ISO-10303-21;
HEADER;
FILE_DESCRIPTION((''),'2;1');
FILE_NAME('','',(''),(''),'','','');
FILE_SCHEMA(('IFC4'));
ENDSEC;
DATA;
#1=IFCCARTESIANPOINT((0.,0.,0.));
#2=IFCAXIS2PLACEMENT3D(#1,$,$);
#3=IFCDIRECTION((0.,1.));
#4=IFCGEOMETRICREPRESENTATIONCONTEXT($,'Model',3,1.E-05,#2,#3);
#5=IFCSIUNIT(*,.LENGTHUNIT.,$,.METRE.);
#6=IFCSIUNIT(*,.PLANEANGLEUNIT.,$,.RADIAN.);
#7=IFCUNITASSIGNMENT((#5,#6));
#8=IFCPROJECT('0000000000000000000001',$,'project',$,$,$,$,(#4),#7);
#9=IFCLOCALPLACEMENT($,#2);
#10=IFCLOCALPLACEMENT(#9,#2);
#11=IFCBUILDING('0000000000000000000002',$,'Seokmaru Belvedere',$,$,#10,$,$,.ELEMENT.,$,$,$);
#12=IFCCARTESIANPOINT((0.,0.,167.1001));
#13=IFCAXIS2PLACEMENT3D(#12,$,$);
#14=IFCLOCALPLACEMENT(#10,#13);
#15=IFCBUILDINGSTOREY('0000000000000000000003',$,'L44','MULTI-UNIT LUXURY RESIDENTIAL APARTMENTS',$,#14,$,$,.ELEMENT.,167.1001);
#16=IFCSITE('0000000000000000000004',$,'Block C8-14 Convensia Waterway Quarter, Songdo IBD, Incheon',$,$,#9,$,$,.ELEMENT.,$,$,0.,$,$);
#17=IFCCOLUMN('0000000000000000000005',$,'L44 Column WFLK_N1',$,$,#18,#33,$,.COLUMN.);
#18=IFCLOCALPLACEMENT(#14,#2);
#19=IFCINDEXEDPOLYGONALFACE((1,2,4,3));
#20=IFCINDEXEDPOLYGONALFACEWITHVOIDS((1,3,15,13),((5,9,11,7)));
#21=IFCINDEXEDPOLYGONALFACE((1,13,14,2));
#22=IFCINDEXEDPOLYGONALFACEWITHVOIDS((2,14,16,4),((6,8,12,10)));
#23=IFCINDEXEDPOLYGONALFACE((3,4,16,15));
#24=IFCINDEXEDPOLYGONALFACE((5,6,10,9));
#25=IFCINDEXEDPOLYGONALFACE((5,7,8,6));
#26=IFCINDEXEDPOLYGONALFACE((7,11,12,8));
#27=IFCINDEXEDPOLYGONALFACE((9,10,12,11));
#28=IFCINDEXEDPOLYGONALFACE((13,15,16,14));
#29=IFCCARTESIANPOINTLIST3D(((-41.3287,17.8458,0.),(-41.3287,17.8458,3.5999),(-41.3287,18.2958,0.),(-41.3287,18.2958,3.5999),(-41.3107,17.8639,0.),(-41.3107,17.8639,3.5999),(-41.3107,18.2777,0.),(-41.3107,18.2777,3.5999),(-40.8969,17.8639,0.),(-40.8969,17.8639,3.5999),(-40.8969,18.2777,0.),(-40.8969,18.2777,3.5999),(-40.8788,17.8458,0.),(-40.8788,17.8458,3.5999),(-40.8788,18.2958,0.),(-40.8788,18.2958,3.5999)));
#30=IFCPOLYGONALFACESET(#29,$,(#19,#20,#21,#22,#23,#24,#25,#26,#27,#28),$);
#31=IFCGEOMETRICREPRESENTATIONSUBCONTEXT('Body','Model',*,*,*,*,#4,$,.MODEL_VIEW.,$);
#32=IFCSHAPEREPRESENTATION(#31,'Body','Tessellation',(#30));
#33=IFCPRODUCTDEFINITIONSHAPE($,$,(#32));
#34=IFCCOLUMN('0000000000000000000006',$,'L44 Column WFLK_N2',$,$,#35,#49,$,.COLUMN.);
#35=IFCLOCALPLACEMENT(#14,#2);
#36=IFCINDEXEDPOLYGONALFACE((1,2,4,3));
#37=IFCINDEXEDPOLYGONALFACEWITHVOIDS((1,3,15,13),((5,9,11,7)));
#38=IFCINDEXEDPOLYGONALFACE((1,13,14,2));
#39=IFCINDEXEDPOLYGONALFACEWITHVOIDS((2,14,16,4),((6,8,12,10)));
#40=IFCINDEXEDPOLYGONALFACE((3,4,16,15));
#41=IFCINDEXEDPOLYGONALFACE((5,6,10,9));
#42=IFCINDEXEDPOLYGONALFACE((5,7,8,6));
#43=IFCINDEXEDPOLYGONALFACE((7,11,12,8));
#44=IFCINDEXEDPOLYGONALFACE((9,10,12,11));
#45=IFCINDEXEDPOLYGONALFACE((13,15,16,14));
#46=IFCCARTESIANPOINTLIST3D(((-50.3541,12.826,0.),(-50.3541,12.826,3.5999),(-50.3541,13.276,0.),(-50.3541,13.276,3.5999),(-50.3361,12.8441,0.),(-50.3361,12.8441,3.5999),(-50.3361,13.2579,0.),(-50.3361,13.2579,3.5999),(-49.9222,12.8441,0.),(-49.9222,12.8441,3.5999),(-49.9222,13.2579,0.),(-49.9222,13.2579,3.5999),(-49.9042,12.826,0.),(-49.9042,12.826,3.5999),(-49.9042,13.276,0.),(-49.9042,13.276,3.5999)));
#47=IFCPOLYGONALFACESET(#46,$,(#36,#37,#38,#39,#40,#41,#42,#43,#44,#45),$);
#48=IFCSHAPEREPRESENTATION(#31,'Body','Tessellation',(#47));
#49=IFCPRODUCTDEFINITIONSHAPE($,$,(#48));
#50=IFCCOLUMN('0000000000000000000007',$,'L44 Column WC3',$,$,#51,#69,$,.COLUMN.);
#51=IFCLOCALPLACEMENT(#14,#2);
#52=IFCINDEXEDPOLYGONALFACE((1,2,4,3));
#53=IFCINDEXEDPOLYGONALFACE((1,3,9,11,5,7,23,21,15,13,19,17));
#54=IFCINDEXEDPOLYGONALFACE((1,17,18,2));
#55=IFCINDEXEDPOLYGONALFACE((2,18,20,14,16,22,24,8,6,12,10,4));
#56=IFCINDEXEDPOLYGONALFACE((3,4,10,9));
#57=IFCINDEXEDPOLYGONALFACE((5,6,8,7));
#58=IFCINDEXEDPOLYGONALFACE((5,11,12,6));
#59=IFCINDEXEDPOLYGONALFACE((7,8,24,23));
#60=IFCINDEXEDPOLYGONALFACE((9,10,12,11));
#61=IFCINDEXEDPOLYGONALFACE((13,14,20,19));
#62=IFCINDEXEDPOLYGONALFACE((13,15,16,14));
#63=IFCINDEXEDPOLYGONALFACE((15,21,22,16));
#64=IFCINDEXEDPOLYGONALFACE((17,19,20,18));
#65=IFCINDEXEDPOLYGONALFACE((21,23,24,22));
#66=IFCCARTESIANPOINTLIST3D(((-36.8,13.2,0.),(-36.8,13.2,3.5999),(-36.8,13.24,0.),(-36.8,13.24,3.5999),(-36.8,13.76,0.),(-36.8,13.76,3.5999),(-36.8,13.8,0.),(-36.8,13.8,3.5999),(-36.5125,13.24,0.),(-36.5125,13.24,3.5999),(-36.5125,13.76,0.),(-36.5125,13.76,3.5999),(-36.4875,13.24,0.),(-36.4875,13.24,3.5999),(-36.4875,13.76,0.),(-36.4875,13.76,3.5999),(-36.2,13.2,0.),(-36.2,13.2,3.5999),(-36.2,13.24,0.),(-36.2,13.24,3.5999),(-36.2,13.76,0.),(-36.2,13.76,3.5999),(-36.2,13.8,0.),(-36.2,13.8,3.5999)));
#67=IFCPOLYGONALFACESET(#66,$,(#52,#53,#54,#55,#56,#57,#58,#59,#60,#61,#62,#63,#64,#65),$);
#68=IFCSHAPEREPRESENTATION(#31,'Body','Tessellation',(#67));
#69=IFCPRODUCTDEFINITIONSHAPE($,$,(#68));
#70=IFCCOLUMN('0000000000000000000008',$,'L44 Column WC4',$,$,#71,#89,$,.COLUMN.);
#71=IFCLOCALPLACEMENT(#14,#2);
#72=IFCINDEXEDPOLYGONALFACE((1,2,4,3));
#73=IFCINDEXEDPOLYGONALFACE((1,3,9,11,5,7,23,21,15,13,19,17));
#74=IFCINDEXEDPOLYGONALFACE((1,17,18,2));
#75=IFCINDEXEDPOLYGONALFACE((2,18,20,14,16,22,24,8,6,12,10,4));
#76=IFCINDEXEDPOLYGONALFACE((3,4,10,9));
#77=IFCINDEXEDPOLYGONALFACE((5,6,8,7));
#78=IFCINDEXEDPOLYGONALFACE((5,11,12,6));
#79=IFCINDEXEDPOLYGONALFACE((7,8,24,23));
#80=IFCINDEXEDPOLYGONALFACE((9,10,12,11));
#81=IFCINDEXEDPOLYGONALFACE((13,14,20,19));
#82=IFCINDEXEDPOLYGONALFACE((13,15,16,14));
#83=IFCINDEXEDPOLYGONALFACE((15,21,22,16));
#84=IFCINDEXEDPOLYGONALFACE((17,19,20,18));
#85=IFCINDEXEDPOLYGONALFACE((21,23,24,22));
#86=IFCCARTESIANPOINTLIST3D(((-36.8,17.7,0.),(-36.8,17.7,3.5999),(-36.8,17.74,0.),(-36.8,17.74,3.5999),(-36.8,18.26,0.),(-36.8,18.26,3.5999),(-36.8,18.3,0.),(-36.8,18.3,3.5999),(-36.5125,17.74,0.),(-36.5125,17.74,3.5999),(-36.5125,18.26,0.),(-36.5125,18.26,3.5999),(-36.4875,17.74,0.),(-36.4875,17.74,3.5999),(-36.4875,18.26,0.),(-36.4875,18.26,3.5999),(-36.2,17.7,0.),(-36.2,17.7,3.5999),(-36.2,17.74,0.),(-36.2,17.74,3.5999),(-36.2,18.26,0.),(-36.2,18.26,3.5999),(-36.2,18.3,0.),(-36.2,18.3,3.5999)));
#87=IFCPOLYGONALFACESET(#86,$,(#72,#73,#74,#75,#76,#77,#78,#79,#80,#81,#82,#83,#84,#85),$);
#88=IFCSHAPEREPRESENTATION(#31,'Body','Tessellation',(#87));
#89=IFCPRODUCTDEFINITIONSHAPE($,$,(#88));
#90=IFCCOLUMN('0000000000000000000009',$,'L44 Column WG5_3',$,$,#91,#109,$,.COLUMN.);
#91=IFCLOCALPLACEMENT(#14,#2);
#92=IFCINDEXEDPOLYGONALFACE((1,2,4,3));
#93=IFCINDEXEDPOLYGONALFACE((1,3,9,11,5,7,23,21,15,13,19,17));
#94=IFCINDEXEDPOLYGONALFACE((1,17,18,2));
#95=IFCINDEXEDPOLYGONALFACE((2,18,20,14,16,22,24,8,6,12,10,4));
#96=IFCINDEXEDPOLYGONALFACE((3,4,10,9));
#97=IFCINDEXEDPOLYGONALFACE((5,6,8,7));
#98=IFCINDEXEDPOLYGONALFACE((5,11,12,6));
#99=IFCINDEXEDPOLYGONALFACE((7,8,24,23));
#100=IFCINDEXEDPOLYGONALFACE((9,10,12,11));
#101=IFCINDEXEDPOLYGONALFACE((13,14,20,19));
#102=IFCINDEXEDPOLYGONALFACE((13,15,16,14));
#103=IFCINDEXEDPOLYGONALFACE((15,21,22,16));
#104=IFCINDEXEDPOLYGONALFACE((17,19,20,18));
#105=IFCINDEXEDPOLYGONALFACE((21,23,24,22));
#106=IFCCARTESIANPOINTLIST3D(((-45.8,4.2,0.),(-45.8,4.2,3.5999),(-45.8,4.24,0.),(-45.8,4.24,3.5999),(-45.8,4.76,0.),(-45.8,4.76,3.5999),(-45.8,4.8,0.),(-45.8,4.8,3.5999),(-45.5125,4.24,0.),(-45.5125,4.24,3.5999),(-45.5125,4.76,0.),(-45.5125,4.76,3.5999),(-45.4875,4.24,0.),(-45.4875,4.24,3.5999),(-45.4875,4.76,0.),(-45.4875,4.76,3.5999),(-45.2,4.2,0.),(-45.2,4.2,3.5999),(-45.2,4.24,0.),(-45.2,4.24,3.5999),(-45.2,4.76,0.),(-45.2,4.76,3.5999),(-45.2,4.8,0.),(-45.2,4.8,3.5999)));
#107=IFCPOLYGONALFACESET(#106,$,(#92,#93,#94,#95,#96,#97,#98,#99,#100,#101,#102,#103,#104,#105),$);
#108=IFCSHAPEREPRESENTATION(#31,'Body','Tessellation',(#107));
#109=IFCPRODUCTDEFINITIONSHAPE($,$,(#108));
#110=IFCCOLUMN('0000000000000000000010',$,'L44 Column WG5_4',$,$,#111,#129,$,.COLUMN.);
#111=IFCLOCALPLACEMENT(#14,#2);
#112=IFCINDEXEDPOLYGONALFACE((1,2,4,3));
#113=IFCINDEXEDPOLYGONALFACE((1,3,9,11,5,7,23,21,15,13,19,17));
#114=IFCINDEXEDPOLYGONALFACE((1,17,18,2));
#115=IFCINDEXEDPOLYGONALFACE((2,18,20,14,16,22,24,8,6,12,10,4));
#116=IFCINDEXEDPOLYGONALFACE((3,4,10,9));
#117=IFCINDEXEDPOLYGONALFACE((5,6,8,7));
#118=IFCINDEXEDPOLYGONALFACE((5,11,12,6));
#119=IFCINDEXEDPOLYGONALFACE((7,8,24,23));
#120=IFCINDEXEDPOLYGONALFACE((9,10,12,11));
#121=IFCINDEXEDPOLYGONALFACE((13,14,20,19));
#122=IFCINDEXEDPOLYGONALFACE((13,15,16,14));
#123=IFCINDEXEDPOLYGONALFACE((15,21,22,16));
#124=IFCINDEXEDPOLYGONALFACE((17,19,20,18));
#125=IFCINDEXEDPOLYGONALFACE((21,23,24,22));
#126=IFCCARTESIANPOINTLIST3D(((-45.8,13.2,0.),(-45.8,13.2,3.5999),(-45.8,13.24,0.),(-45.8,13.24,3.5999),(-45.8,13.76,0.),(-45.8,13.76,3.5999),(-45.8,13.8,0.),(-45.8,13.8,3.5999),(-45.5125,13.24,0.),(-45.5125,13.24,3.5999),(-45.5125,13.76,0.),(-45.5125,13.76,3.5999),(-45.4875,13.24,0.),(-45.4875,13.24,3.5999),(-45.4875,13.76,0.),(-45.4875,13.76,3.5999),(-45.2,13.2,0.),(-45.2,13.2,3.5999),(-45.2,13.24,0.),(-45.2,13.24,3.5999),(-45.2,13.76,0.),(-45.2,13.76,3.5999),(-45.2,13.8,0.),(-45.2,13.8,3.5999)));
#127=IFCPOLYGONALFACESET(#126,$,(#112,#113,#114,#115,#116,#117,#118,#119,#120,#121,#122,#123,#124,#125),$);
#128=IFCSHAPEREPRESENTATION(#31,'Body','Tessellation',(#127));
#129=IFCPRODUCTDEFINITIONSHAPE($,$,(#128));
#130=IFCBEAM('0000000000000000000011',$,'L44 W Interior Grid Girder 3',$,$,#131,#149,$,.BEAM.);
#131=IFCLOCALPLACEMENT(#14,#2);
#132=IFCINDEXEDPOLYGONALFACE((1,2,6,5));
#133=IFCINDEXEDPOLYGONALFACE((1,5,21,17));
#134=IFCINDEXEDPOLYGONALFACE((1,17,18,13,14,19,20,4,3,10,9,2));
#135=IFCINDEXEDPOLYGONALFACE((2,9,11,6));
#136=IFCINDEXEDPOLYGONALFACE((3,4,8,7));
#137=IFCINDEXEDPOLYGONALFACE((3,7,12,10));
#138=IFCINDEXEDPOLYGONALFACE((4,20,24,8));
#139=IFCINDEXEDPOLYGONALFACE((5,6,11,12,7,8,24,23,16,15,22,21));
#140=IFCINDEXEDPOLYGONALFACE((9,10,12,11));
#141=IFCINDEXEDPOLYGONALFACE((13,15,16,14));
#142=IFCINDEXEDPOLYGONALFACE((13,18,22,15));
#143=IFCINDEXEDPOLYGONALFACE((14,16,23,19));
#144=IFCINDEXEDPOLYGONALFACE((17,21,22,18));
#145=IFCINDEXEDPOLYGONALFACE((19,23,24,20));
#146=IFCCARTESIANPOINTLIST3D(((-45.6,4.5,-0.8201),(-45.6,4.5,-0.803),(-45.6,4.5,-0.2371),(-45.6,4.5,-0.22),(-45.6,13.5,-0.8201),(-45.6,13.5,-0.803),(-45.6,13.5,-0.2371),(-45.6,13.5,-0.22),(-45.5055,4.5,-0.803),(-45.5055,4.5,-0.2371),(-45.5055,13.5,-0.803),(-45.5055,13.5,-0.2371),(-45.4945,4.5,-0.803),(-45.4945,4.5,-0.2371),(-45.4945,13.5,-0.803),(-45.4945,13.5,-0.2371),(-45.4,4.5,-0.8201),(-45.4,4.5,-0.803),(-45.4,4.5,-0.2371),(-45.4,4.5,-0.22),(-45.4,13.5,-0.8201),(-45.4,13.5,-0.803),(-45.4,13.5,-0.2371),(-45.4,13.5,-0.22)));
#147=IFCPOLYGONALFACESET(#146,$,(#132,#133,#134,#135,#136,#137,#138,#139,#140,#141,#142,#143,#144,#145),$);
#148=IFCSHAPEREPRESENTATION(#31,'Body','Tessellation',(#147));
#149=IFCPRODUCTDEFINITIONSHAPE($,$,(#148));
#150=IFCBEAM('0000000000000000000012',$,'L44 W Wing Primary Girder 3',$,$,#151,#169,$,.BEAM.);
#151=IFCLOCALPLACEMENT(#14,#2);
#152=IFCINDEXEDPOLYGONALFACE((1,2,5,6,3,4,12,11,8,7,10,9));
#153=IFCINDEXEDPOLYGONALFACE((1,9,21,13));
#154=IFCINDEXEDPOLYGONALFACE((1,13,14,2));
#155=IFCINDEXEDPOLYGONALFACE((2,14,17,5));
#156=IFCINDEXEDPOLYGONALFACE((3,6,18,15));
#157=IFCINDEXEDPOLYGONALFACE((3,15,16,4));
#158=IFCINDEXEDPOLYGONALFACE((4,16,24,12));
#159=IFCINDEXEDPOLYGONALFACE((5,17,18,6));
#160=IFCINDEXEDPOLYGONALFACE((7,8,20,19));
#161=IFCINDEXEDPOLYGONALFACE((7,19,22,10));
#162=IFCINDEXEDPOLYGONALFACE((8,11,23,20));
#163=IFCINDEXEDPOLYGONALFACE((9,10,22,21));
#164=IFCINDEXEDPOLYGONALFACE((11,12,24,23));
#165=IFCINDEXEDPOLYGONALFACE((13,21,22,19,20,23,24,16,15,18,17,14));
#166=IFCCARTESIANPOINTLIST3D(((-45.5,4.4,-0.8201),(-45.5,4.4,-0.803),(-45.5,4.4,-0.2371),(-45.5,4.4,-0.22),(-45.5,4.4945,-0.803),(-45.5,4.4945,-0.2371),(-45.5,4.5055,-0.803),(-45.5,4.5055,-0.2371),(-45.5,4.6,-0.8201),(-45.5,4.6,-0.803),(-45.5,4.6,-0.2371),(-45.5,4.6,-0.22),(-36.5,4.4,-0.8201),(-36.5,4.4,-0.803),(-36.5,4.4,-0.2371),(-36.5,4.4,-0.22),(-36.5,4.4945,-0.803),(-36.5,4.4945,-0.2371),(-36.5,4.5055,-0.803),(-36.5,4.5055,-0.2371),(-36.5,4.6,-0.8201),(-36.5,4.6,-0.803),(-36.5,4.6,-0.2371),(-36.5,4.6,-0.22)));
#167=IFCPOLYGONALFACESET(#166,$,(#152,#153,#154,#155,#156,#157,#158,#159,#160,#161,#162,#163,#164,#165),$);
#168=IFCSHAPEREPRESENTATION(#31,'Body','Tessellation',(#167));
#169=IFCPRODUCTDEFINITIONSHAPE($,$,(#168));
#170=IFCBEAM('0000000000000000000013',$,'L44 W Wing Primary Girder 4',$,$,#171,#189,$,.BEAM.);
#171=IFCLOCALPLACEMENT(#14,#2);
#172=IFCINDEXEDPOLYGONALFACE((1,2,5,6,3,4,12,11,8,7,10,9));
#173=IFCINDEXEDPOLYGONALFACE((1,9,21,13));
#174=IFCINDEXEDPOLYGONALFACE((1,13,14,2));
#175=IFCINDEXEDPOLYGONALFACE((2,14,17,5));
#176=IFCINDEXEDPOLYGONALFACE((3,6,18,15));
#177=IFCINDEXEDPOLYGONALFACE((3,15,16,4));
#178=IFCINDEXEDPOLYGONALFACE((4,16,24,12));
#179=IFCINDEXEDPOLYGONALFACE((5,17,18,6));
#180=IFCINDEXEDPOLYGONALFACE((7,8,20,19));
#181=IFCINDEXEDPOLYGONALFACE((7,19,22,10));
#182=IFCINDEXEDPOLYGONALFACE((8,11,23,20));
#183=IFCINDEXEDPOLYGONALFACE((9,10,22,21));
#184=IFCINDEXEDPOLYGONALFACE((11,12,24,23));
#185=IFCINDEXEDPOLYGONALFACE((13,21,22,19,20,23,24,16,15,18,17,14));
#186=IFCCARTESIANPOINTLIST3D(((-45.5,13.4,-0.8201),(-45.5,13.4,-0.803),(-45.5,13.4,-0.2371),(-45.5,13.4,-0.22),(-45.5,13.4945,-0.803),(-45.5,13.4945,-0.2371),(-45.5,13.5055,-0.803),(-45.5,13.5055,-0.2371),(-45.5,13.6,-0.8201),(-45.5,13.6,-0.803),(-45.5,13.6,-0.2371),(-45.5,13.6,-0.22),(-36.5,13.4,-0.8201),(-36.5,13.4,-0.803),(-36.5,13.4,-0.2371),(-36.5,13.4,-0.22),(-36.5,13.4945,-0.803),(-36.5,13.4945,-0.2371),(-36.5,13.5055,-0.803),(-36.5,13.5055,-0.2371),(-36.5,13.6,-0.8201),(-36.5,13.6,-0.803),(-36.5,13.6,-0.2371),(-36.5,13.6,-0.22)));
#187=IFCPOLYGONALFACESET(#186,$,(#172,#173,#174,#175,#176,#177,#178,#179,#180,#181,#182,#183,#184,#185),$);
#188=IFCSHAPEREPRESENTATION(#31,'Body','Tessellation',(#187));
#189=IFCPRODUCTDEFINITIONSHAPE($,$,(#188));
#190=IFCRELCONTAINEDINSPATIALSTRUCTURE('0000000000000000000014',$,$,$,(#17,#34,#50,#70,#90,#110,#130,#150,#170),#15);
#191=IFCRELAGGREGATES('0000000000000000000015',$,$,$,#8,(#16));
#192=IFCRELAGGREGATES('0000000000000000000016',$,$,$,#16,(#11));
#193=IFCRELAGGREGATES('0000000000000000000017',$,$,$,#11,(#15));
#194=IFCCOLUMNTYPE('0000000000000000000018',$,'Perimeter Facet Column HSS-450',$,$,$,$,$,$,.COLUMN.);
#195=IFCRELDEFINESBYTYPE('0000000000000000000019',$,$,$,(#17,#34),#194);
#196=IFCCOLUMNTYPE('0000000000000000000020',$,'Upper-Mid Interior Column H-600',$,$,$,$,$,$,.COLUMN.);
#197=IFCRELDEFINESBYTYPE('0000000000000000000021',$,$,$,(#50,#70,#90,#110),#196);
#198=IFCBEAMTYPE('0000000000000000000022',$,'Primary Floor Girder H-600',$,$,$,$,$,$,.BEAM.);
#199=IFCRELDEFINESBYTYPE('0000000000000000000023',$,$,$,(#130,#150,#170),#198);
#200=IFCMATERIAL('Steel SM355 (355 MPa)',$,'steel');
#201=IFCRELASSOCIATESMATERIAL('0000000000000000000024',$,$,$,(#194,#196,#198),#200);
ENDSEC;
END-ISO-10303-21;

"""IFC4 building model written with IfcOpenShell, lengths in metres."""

from ifc_helpers import new_model, si_unit, direction, frame, origin, origin_2d, place, context, subcontext, project, spatial, hollow_rectangle, i_section, extrude, source, transform, mapped, material, material_profile, profile_set, type_object, type_shapes, element, save


model = new_model("IFC4")

# Units and contexts
model_context = context("Model", 3, precision=1e-05, world=origin(), true_north=direction((0.0, 1.0)))
body_context = subcontext(model_context, "Body", "Model", "MODEL_VIEW")
ifc_project = project(units=[si_unit("LENGTHUNIT", "METRE"), si_unit("PLANEANGLEUNIT", "RADIAN")], contexts=[model_context])

# Site, building, storey
site_placement = place(None, origin())
site = spatial("IfcSite", under=ifc_project, at=site_placement, Name="Block C8-14 Convensia Waterway Quarter, Songdo IBD, Incheon", CompositionType="ELEMENT", RefElevation=0.0)
building_placement = place(site_placement, origin())
building = spatial("IfcBuilding", under=site, at=building_placement, Name="Seokmaru Belvedere", CompositionType="ELEMENT")
storey_placement = place(building_placement, frame((0.0, 0.0, 167.1001)))
storey = spatial("IfcBuildingStorey", under=building, at=storey_placement, Name="L44", Description="MULTI-UNIT LUXURY RESIDENTIAL APARTMENTS", CompositionType="ELEMENT", Elevation=167.1001)

# Columns
ifc_material_1 = material(Name="Steel SM355 (355 MPa)", Category="steel")
ifc_material_profile_1 = material_profile(ifc_material_1, hollow_rectangle(XDim=0.45, YDim=0.45, WallThickness=0.0181, at=origin_2d()), Name="HSS-450x450x18")
ifc_profile_set_1 = profile_set([ifc_material_profile_1], Name="Steel SM355 (355 MPa)")
column_type_1 = type_object("IfcColumnType", Name="Perimeter Facet Column HSS-450", PredefinedType="COLUMN", material=ifc_profile_set_1)
shared_shape_1 = source(origin(), body_context, "Body", "SweptSolid", [
    extrude(hollow_rectangle(XDim=0.45, YDim=0.45, WallThickness=0.0181, at=origin_2d()), origin(), (0.0, 0.0, 1.0), 3.5999),
])
type_shapes(column_type_1, [shared_shape_1])
for number, where, z_axis, x_axis, name in (
    (1, (-41.1038, 18.0708, 0.0), (0.0, 0.0, 1.0), (1.0, 0.0, 0.0), "L44 Column WFLK_N1"),
    (2, (-50.1292, 13.051, 0.0), (0.0, 0.0, 1.0), (1.0, 0.0, 0.0), "L44 Column WFLK_N2"),
):
    element("IfcColumn", number, at=place(storey_placement, frame(where, z_axis=z_axis, x_axis=x_axis)), inside=storey, type_object=column_type_1, Name=name, PredefinedType="COLUMN", context=body_context, shape_type="MappedRepresentation", body=[
        mapped(shared_shape_1, transform((0.0, 0.0, 0.0), scale=1.0)),
    ])
ifc_material_profile_2 = material_profile(ifc_material_1, i_section(OverallWidth=0.6001, OverallDepth=0.6001, WebThickness=0.0249, FlangeThickness=0.04, at=origin_2d()), Name="H-600x600x25x40")
ifc_profile_set_2 = profile_set([ifc_material_profile_2], Name="Steel SM355 (355 MPa)")
column_type_2 = type_object("IfcColumnType", Name="Upper-Mid Interior Column H-600", PredefinedType="COLUMN", material=ifc_profile_set_2)
shared_shape_2 = source(origin(), body_context, "Body", "SweptSolid", [
    extrude(i_section(OverallWidth=0.6001, OverallDepth=0.6001, WebThickness=0.0249, FlangeThickness=0.04, at=origin_2d()), origin(), (0.0, 0.0, 1.0), 3.5999),
])
type_shapes(column_type_2, [shared_shape_2])
for number, where, z_axis, x_axis, name in (
    (3, (-36.5, 13.5, 0.0), (0.0, 0.0, 1.0), (1.0, 0.0, 0.0), "L44 Column WC3"),
    (4, (-36.5, 18.0, 0.0), (0.0, 0.0, 1.0), (1.0, 0.0, 0.0), "L44 Column WC4"),
    (5, (-45.5, 4.5, 0.0), (0.0, 0.0, 1.0), (1.0, 0.0, 0.0), "L44 Column WG5_3"),
    (6, (-45.5, 13.5, 0.0), (0.0, 0.0, 1.0), (1.0, 0.0, 0.0), "L44 Column WG5_4"),
):
    element("IfcColumn", number, at=place(storey_placement, frame(where, z_axis=z_axis, x_axis=x_axis)), inside=storey, type_object=column_type_2, Name=name, PredefinedType="COLUMN", context=body_context, shape_type="MappedRepresentation", body=[
        mapped(shared_shape_2, transform((0.0, 0.0, 0.0), scale=1.0)),
    ])

# Beams
ifc_material_profile_3 = material_profile(ifc_material_1, i_section(OverallWidth=0.2, OverallDepth=0.6001, WebThickness=0.011, FlangeThickness=0.0171, at=origin_2d()), Name="H-600x200x11x17")
ifc_profile_set_3 = profile_set([ifc_material_profile_3], Name="Steel SM355 (355 MPa)")
beam_type_1 = type_object("IfcBeamType", Name="Primary Floor Girder H-600", PredefinedType="BEAM", material=ifc_profile_set_3)
shared_shape_3 = source(origin(), body_context, "Body", "SweptSolid", [
    extrude(i_section(OverallWidth=0.2, OverallDepth=0.6001, WebThickness=0.011, FlangeThickness=0.0171, at=origin_2d()), origin(), (0.0, 0.0, 1.0), 9.0),
])
for number, where, z_axis, x_axis, name in (
    (7, (-45.5, 4.5, -0.52), (0.0, 1.0, 0.0), (-1.0, 0.0, 0.0), "L44 W Interior Grid Girder 3"),
    (8, (-45.5, 4.5, -0.52), (1.0, 0.0, 0.0), (0.0, 1.0, 0.0), "L44 W Wing Primary Girder 3"),
    (9, (-45.5, 13.5, -0.52), (1.0, 0.0, 0.0), (0.0, 1.0, 0.0), "L44 W Wing Primary Girder 4"),
):
    element("IfcBeam", number, at=place(storey_placement, frame(where, z_axis=z_axis, x_axis=x_axis)), inside=storey, type_object=beam_type_1, Name=name, PredefinedType="BEAM", context=body_context, shape_type="MappedRepresentation", body=[
        mapped(shared_shape_3, transform((0.0, 0.0, 0.0), scale=1.0)),
    ])

save(model, "model.ifc")
